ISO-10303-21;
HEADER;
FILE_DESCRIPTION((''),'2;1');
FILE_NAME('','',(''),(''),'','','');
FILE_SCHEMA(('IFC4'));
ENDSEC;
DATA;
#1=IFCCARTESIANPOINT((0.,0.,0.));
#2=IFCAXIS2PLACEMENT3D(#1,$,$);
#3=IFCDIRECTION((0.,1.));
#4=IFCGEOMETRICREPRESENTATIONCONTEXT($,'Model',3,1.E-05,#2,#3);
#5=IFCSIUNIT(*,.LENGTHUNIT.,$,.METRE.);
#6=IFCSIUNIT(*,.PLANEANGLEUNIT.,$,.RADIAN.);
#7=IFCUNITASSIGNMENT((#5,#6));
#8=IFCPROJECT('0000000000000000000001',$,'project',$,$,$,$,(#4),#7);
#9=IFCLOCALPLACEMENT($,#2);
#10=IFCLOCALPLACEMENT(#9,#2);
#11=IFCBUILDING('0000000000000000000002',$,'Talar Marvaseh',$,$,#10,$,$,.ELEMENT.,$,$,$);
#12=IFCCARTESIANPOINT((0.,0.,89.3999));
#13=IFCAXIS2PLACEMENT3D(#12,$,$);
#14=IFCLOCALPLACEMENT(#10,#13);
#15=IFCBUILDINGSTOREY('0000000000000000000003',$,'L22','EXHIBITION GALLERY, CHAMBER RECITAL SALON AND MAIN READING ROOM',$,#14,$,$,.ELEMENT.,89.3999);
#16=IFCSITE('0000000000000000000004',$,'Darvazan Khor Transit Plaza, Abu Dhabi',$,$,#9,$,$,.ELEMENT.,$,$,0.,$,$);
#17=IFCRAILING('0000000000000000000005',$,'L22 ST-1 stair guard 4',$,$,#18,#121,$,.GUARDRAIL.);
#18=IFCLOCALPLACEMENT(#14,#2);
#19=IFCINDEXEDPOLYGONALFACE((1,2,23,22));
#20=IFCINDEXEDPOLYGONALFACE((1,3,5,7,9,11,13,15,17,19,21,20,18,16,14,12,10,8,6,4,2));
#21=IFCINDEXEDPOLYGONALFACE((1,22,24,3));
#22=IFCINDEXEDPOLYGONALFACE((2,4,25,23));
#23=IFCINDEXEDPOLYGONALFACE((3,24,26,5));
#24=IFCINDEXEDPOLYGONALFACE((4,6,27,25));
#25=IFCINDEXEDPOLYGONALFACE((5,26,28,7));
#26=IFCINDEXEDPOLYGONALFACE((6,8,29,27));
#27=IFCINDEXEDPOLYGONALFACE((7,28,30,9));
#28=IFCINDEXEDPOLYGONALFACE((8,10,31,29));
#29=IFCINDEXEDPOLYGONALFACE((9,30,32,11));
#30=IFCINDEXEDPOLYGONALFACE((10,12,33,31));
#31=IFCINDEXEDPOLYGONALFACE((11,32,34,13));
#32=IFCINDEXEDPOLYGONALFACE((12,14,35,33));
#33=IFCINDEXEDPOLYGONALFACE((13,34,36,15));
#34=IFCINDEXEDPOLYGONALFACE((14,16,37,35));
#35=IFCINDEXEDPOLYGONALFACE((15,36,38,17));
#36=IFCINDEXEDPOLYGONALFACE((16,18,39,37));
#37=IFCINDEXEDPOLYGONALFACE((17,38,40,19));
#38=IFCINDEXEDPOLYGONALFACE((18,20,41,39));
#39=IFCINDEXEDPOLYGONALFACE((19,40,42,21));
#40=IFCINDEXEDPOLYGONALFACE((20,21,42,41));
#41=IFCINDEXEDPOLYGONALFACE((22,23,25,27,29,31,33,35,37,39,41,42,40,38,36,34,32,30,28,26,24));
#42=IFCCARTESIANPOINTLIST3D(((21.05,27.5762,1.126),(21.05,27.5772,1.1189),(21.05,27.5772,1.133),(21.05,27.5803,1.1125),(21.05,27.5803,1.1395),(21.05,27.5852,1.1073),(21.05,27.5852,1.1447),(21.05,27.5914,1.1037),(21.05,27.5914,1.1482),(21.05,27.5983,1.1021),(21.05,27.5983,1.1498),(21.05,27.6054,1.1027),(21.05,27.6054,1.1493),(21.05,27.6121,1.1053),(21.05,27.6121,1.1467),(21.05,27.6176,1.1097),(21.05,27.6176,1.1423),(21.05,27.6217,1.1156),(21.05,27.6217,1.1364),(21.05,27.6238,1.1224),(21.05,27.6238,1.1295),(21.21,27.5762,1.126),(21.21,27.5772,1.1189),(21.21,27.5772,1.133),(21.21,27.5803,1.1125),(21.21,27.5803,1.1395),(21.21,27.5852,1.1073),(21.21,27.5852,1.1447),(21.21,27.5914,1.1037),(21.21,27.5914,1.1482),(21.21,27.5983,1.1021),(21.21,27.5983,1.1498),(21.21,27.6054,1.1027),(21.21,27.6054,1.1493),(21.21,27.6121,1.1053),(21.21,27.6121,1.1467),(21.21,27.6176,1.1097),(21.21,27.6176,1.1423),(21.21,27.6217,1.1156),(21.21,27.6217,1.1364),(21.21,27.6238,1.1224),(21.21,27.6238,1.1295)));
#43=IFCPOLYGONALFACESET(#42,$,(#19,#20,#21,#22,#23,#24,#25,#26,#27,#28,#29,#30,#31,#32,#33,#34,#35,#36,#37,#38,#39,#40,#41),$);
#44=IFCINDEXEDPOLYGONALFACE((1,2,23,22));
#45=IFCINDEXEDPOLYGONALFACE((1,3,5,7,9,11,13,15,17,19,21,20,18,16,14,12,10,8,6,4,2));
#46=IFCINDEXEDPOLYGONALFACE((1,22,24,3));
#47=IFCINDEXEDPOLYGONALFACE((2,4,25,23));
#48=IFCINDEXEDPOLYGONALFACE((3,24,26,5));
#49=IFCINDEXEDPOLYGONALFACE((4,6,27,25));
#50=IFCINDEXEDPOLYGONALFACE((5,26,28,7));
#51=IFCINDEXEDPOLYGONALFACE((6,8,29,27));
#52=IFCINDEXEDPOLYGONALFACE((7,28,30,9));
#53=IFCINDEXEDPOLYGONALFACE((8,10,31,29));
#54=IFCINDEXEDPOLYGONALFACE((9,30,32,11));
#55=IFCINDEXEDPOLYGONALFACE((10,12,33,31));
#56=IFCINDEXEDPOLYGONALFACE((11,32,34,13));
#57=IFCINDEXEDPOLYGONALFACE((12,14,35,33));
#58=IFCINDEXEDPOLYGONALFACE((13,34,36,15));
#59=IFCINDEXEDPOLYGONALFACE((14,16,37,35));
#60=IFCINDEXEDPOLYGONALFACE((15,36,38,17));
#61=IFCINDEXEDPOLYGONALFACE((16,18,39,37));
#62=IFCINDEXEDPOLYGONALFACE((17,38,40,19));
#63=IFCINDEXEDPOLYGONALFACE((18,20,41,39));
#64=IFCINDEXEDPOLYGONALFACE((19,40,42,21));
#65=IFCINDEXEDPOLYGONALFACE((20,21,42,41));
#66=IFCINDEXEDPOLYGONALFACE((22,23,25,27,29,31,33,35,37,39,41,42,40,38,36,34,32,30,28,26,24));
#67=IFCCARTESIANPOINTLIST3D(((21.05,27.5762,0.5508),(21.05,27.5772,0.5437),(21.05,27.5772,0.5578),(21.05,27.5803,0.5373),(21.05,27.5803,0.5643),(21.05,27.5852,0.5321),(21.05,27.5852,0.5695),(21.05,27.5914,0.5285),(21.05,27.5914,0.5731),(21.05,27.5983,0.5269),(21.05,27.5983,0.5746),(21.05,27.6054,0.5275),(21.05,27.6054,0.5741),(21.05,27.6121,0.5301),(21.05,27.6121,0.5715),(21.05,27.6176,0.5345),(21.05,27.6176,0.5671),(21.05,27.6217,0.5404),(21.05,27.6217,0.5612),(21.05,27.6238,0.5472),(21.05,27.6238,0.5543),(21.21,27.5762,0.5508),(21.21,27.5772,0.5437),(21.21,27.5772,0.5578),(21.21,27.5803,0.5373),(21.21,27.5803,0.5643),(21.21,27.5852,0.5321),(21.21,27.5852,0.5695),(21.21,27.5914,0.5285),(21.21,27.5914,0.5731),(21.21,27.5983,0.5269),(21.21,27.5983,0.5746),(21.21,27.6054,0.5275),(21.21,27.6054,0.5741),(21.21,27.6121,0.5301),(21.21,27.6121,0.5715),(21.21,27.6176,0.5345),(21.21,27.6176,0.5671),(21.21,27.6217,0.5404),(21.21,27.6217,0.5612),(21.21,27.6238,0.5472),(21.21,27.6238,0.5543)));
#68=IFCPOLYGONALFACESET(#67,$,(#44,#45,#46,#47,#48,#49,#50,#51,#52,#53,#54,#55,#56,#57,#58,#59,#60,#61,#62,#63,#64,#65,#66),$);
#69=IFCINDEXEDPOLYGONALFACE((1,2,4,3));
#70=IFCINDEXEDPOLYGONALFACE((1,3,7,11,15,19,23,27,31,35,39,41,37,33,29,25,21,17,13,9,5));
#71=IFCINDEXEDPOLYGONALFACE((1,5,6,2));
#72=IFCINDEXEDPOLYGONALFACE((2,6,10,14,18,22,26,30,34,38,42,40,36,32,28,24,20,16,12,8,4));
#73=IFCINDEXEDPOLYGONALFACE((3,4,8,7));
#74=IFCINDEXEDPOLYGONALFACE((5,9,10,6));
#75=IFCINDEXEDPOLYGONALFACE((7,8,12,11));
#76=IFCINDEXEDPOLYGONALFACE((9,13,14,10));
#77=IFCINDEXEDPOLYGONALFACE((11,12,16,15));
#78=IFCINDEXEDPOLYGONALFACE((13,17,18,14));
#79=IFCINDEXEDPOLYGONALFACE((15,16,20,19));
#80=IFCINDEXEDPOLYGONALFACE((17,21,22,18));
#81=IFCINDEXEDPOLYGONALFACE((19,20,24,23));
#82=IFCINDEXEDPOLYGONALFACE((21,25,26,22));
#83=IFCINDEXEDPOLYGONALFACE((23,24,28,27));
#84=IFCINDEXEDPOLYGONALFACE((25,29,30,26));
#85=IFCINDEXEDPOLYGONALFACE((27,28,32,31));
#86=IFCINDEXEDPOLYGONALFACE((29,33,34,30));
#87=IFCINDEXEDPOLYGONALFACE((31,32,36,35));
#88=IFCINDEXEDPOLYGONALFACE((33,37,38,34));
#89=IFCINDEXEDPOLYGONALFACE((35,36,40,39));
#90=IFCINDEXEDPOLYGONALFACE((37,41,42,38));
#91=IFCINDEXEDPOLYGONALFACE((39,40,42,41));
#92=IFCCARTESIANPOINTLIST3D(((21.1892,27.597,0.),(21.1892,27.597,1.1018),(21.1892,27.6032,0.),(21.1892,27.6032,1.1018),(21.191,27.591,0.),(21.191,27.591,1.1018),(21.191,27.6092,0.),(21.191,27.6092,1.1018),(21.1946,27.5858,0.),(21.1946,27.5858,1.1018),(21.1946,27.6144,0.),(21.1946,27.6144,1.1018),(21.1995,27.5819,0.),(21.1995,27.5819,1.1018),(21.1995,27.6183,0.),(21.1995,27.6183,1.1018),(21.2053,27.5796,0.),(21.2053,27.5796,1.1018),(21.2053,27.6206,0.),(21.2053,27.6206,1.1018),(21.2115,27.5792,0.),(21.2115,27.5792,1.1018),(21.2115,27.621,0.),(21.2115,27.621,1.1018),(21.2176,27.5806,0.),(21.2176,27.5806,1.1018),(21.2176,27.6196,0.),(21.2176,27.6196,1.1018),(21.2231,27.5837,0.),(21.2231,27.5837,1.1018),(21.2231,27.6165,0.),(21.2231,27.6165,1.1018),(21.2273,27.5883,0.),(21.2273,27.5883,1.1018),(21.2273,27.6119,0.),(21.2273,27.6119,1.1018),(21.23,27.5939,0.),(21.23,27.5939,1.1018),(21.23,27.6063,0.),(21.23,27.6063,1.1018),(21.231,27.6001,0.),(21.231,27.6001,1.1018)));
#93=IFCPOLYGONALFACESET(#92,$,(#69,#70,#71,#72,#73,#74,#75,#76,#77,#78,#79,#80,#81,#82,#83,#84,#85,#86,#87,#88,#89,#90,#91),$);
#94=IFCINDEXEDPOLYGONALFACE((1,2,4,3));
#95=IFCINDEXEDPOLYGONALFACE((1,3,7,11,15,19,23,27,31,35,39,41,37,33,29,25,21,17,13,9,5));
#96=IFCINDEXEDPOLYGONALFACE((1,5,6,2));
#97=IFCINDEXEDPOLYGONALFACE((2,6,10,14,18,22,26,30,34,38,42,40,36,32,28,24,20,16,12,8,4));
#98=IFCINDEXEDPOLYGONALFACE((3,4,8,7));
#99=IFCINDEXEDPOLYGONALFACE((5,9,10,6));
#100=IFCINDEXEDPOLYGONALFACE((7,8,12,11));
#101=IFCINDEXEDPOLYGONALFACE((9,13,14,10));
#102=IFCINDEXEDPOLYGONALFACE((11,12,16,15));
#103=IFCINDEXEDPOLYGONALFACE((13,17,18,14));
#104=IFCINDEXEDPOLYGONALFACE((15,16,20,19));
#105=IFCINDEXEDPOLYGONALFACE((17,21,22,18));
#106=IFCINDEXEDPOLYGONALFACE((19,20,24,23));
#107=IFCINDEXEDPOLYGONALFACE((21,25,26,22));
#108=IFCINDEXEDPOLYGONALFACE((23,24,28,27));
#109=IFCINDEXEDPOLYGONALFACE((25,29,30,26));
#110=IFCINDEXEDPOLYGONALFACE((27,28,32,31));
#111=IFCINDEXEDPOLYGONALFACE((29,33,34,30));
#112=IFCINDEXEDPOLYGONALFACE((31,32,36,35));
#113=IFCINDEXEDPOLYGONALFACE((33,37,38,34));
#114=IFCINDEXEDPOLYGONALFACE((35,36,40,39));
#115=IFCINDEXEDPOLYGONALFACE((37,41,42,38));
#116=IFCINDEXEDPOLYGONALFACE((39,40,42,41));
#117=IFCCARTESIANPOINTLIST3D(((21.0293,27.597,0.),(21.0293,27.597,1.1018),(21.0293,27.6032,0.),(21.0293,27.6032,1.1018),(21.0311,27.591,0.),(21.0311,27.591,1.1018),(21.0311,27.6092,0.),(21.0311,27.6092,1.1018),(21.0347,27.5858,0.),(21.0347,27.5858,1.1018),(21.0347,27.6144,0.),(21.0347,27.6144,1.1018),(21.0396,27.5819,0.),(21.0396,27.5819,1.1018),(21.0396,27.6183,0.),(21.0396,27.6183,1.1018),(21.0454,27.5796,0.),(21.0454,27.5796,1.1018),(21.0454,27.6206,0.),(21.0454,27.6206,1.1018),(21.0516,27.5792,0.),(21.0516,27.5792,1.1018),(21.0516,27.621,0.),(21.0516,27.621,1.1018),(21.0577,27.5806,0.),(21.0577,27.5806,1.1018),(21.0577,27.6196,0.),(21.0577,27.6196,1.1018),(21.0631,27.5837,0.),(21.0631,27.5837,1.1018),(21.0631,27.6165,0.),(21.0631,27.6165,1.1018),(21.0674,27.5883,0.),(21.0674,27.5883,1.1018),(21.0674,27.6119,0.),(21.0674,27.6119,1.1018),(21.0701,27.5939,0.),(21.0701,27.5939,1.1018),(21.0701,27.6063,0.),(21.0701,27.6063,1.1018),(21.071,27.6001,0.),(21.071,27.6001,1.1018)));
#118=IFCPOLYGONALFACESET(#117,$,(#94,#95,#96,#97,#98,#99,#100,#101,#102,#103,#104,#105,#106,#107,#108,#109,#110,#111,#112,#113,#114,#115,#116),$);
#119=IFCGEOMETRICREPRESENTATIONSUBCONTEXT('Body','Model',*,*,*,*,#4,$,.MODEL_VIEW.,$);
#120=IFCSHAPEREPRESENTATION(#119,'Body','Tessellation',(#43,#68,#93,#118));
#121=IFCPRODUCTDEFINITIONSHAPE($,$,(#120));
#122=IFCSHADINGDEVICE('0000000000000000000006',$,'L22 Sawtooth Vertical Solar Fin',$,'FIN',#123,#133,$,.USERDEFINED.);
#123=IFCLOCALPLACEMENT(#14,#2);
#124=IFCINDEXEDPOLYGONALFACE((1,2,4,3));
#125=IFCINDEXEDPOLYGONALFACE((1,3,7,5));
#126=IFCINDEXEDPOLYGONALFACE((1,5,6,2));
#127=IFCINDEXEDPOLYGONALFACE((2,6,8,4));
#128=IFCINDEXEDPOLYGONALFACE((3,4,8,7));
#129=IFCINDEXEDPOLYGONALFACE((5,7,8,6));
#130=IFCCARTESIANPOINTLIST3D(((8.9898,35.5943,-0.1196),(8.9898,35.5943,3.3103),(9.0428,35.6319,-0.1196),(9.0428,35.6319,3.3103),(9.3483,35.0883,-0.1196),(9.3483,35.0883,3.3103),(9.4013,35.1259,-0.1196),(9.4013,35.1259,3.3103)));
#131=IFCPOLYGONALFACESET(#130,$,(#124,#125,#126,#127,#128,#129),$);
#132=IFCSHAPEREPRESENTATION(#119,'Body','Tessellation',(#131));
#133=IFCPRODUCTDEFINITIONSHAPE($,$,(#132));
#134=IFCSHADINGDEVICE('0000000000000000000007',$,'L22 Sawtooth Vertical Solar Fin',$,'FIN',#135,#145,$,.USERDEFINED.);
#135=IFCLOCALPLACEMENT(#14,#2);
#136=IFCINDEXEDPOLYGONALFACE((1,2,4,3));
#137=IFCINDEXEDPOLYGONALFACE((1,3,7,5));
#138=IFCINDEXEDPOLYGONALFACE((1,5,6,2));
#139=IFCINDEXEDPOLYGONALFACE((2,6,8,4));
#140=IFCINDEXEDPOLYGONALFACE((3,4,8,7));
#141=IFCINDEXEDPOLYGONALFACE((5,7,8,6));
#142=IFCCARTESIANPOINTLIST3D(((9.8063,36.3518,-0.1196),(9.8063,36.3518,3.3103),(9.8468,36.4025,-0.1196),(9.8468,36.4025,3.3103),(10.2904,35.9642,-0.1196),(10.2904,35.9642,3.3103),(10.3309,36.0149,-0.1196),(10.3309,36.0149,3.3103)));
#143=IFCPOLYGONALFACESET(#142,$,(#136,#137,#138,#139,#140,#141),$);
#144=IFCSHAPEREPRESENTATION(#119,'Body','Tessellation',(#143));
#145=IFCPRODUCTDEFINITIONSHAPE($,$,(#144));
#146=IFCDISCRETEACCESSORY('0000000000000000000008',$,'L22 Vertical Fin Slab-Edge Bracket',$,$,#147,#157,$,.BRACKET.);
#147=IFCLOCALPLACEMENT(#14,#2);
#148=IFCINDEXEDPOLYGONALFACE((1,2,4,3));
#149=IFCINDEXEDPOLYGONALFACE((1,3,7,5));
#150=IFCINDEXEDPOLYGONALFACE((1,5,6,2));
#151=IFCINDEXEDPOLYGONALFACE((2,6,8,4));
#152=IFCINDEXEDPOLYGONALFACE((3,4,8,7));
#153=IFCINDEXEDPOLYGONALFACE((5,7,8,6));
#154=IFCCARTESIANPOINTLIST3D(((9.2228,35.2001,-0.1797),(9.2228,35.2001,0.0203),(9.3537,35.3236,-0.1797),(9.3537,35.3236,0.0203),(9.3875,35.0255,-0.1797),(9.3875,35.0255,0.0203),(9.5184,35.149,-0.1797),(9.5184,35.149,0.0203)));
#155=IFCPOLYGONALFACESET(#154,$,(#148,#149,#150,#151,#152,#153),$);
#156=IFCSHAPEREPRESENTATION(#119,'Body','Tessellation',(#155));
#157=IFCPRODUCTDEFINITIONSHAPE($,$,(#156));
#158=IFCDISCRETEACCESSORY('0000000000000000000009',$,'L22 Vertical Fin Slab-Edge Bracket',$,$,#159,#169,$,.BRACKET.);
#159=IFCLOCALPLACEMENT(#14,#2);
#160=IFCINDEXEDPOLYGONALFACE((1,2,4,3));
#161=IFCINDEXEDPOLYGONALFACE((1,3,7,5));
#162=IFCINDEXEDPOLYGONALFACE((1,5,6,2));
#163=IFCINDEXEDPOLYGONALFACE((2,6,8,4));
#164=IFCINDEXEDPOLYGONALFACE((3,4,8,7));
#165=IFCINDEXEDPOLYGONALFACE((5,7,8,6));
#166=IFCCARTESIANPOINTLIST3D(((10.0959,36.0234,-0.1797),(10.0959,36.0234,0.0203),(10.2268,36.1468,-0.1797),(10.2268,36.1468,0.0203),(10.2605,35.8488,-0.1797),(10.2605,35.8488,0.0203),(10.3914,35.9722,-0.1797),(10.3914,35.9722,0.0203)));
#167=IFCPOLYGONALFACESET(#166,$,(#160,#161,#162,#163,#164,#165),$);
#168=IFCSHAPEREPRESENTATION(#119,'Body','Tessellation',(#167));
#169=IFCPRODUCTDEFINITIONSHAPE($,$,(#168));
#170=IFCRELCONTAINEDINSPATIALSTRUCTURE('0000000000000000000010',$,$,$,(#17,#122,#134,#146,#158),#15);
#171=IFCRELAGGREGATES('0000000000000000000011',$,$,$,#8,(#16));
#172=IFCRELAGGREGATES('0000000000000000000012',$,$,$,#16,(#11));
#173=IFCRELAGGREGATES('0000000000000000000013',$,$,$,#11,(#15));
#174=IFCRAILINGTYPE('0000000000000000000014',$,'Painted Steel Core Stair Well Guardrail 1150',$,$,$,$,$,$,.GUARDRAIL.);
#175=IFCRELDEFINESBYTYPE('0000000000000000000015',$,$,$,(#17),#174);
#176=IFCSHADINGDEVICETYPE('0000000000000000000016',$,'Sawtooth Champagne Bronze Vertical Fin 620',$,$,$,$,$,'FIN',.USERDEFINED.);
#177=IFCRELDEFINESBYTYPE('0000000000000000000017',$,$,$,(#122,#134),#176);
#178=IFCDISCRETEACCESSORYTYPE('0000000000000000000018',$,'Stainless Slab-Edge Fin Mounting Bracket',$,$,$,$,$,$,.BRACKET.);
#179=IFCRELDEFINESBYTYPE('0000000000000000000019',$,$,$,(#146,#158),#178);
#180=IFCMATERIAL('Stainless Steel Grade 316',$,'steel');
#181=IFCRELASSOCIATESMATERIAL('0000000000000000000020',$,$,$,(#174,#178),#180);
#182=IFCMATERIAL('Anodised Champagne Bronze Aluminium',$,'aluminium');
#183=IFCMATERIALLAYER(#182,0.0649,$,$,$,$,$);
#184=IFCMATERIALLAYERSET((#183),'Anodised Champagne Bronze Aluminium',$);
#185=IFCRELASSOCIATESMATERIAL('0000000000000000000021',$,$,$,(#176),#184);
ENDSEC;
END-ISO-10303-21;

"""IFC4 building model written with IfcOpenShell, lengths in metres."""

from ifc_helpers import new_model, si_unit, direction, frame, origin, origin_2d, place, context, subcontext, project, spatial, rectangle, circle, extrude, source, transform, mapped, material, layer, layer_set, type_object, type_shapes, element, save


model = new_model("IFC4")

# Units and contexts
model_context = context("Model", 3, precision=1e-05, world=origin(), true_north=direction((0.0, 1.0)))
body_context = subcontext(model_context, "Body", "Model", "MODEL_VIEW")
ifc_project = project(units=[si_unit("LENGTHUNIT", "METRE"), si_unit("PLANEANGLEUNIT", "RADIAN")], contexts=[model_context])

# Site, building, storey
site_placement = place(None, origin())
site = spatial("IfcSite", under=ifc_project, at=site_placement, Name="Darvazan Khor Transit Plaza, Abu Dhabi", CompositionType="ELEMENT", RefElevation=0.0)
building_placement = place(site_placement, origin())
building = spatial("IfcBuilding", under=site, at=building_placement, Name="Talar Marvaseh", CompositionType="ELEMENT")
storey_placement = place(building_placement, frame((0.0, 0.0, 89.3999)))
storey = spatial("IfcBuildingStorey", under=building, at=storey_placement, Name="L22", Description="EXHIBITION GALLERY, CHAMBER RECITAL SALON AND MAIN READING ROOM", CompositionType="ELEMENT", Elevation=89.3999)

# Railing
ifc_material_1 = material(Name="Stainless Steel Grade 316", Category="steel")
railing_type_1 = type_object("IfcRailingType", Name="Painted Steel Core Stair Well Guardrail 1150", PredefinedType="GUARDRAIL", material=ifc_material_1)
railing_1_placement = place(storey_placement, frame((21.21, 27.6001, 0.0)))
element("IfcRailing", 1, at=railing_1_placement, inside=storey, type_object=railing_type_1, Name="L22 ST-1 stair guard 4", PredefinedType="GUARDRAIL", context=body_context, shape_type="SweptSolid", body=[
    extrude(circle(Radius=0.0239, at=origin_2d()), frame((0.0, 0.0, 1.126), z_axis=(-1.0, 0.0, 0.0), x_axis=(0.0, -1.0, 0.0)), (0.0, 0.0, 1.0), 0.1599),
    extrude(circle(Radius=0.0239, at=origin_2d()), frame((0.0, 0.0, 0.5508), z_axis=(-1.0, 0.0, 0.0), x_axis=(0.0, -1.0, 0.0)), (0.0, 0.0, 1.0), 0.1599),
    extrude(circle(Radius=0.021, at=origin_2d()), origin(), (0.0, 0.0, 1.0), 1.1018),
    extrude(circle(Radius=0.021, at=origin_2d()), frame((-0.1599, 0.0, 0.0)), (0.0, 0.0, 1.0), 1.1018),
])

# Shading devices
ifc_material_2 = material(Name="Anodised Champagne Bronze Aluminium", Category="aluminium")
ifc_layer_1 = layer(ifc_material_2, 0.0649)
ifc_layer_set_1 = layer_set([ifc_layer_1], Name="Anodised Champagne Bronze Aluminium")
shading_device_type = type_object("IfcShadingDeviceType", Name="Sawtooth Champagne Bronze Vertical Fin 620", ElementType="FIN", PredefinedType="USERDEFINED", material=ifc_layer_set_1)
shared_shape_1 = source(origin(), body_context, "Body", "SweptSolid", [
    extrude(rectangle(XDim=0.6201, YDim=0.0649, at=origin_2d()), origin(), (0.0, 0.0, 1.0), 3.4299),
])
type_shapes(shading_device_type, [shared_shape_1])
for number, where, z_axis, x_axis, name in (
    (2, (9.1956, 35.3601, -0.1196), (0.0, 0.0, 1.0), (-0.578142, 0.815936, 0.0), "L22 Sawtooth Vertical Solar Fin"),
    (3, (10.0686, 36.1833, -0.1196), (0.0, 0.0, 1.0), (-0.780649, 0.62497, 0.0), "L22 Sawtooth Vertical Solar Fin"),
):
    element("IfcShadingDevice", number, at=place(storey_placement, frame(where, z_axis=z_axis, x_axis=x_axis)), inside=storey, type_object=shading_device_type, Name=name, ObjectType="FIN", PredefinedType="USERDEFINED", context=body_context, shape_type="MappedRepresentation", body=[
        mapped(shared_shape_1, transform((0.0, 0.0, 0.0), x_axis=(1.0, 0.0, 0.0), y_axis=(0.0, 1.0, 0.0), z_axis=(0.0, 0.0, 1.0), scale=1.0)),
    ])

# Discrete accessories
discrete_accessory_type = type_object("IfcDiscreteAccessoryType", Name="Stainless Slab-Edge Fin Mounting Bracket", PredefinedType="BRACKET", material=ifc_material_1)
shared_shape_2 = source(origin(), body_context, "Body", "SweptSolid", [
    extrude(rectangle(XDim=0.24, YDim=0.1799, at=origin_2d()), origin(), (0.0, 0.0, 1.0), 0.2),
])
type_shapes(discrete_accessory_type, [shared_shape_2])
for number, where, z_axis, x_axis, name in (
    (4, (9.3706, 35.1746, -0.1797), (0.0, 0.0, 1.0), (-0.686072, 0.727533, 0.0), "L22 Vertical Fin Slab-Edge Bracket"),
    (5, (10.2437, 35.9978, -0.1797), (0.0, 0.0, 1.0), (-0.686072, 0.727533, 0.0), "L22 Vertical Fin Slab-Edge Bracket"),
):
    element("IfcDiscreteAccessory", number, at=place(storey_placement, frame(where, z_axis=z_axis, x_axis=x_axis)), inside=storey, type_object=discrete_accessory_type, Name=name, PredefinedType="BRACKET", context=body_context, shape_type="MappedRepresentation", body=[
        mapped(shared_shape_2, transform((0.0, 0.0, 0.0), x_axis=(1.0, 0.0, 0.0), y_axis=(0.0, 1.0, 0.0), z_axis=(0.0, 0.0, 1.0), scale=1.0)),
    ])

save(model, "model.ifc")
